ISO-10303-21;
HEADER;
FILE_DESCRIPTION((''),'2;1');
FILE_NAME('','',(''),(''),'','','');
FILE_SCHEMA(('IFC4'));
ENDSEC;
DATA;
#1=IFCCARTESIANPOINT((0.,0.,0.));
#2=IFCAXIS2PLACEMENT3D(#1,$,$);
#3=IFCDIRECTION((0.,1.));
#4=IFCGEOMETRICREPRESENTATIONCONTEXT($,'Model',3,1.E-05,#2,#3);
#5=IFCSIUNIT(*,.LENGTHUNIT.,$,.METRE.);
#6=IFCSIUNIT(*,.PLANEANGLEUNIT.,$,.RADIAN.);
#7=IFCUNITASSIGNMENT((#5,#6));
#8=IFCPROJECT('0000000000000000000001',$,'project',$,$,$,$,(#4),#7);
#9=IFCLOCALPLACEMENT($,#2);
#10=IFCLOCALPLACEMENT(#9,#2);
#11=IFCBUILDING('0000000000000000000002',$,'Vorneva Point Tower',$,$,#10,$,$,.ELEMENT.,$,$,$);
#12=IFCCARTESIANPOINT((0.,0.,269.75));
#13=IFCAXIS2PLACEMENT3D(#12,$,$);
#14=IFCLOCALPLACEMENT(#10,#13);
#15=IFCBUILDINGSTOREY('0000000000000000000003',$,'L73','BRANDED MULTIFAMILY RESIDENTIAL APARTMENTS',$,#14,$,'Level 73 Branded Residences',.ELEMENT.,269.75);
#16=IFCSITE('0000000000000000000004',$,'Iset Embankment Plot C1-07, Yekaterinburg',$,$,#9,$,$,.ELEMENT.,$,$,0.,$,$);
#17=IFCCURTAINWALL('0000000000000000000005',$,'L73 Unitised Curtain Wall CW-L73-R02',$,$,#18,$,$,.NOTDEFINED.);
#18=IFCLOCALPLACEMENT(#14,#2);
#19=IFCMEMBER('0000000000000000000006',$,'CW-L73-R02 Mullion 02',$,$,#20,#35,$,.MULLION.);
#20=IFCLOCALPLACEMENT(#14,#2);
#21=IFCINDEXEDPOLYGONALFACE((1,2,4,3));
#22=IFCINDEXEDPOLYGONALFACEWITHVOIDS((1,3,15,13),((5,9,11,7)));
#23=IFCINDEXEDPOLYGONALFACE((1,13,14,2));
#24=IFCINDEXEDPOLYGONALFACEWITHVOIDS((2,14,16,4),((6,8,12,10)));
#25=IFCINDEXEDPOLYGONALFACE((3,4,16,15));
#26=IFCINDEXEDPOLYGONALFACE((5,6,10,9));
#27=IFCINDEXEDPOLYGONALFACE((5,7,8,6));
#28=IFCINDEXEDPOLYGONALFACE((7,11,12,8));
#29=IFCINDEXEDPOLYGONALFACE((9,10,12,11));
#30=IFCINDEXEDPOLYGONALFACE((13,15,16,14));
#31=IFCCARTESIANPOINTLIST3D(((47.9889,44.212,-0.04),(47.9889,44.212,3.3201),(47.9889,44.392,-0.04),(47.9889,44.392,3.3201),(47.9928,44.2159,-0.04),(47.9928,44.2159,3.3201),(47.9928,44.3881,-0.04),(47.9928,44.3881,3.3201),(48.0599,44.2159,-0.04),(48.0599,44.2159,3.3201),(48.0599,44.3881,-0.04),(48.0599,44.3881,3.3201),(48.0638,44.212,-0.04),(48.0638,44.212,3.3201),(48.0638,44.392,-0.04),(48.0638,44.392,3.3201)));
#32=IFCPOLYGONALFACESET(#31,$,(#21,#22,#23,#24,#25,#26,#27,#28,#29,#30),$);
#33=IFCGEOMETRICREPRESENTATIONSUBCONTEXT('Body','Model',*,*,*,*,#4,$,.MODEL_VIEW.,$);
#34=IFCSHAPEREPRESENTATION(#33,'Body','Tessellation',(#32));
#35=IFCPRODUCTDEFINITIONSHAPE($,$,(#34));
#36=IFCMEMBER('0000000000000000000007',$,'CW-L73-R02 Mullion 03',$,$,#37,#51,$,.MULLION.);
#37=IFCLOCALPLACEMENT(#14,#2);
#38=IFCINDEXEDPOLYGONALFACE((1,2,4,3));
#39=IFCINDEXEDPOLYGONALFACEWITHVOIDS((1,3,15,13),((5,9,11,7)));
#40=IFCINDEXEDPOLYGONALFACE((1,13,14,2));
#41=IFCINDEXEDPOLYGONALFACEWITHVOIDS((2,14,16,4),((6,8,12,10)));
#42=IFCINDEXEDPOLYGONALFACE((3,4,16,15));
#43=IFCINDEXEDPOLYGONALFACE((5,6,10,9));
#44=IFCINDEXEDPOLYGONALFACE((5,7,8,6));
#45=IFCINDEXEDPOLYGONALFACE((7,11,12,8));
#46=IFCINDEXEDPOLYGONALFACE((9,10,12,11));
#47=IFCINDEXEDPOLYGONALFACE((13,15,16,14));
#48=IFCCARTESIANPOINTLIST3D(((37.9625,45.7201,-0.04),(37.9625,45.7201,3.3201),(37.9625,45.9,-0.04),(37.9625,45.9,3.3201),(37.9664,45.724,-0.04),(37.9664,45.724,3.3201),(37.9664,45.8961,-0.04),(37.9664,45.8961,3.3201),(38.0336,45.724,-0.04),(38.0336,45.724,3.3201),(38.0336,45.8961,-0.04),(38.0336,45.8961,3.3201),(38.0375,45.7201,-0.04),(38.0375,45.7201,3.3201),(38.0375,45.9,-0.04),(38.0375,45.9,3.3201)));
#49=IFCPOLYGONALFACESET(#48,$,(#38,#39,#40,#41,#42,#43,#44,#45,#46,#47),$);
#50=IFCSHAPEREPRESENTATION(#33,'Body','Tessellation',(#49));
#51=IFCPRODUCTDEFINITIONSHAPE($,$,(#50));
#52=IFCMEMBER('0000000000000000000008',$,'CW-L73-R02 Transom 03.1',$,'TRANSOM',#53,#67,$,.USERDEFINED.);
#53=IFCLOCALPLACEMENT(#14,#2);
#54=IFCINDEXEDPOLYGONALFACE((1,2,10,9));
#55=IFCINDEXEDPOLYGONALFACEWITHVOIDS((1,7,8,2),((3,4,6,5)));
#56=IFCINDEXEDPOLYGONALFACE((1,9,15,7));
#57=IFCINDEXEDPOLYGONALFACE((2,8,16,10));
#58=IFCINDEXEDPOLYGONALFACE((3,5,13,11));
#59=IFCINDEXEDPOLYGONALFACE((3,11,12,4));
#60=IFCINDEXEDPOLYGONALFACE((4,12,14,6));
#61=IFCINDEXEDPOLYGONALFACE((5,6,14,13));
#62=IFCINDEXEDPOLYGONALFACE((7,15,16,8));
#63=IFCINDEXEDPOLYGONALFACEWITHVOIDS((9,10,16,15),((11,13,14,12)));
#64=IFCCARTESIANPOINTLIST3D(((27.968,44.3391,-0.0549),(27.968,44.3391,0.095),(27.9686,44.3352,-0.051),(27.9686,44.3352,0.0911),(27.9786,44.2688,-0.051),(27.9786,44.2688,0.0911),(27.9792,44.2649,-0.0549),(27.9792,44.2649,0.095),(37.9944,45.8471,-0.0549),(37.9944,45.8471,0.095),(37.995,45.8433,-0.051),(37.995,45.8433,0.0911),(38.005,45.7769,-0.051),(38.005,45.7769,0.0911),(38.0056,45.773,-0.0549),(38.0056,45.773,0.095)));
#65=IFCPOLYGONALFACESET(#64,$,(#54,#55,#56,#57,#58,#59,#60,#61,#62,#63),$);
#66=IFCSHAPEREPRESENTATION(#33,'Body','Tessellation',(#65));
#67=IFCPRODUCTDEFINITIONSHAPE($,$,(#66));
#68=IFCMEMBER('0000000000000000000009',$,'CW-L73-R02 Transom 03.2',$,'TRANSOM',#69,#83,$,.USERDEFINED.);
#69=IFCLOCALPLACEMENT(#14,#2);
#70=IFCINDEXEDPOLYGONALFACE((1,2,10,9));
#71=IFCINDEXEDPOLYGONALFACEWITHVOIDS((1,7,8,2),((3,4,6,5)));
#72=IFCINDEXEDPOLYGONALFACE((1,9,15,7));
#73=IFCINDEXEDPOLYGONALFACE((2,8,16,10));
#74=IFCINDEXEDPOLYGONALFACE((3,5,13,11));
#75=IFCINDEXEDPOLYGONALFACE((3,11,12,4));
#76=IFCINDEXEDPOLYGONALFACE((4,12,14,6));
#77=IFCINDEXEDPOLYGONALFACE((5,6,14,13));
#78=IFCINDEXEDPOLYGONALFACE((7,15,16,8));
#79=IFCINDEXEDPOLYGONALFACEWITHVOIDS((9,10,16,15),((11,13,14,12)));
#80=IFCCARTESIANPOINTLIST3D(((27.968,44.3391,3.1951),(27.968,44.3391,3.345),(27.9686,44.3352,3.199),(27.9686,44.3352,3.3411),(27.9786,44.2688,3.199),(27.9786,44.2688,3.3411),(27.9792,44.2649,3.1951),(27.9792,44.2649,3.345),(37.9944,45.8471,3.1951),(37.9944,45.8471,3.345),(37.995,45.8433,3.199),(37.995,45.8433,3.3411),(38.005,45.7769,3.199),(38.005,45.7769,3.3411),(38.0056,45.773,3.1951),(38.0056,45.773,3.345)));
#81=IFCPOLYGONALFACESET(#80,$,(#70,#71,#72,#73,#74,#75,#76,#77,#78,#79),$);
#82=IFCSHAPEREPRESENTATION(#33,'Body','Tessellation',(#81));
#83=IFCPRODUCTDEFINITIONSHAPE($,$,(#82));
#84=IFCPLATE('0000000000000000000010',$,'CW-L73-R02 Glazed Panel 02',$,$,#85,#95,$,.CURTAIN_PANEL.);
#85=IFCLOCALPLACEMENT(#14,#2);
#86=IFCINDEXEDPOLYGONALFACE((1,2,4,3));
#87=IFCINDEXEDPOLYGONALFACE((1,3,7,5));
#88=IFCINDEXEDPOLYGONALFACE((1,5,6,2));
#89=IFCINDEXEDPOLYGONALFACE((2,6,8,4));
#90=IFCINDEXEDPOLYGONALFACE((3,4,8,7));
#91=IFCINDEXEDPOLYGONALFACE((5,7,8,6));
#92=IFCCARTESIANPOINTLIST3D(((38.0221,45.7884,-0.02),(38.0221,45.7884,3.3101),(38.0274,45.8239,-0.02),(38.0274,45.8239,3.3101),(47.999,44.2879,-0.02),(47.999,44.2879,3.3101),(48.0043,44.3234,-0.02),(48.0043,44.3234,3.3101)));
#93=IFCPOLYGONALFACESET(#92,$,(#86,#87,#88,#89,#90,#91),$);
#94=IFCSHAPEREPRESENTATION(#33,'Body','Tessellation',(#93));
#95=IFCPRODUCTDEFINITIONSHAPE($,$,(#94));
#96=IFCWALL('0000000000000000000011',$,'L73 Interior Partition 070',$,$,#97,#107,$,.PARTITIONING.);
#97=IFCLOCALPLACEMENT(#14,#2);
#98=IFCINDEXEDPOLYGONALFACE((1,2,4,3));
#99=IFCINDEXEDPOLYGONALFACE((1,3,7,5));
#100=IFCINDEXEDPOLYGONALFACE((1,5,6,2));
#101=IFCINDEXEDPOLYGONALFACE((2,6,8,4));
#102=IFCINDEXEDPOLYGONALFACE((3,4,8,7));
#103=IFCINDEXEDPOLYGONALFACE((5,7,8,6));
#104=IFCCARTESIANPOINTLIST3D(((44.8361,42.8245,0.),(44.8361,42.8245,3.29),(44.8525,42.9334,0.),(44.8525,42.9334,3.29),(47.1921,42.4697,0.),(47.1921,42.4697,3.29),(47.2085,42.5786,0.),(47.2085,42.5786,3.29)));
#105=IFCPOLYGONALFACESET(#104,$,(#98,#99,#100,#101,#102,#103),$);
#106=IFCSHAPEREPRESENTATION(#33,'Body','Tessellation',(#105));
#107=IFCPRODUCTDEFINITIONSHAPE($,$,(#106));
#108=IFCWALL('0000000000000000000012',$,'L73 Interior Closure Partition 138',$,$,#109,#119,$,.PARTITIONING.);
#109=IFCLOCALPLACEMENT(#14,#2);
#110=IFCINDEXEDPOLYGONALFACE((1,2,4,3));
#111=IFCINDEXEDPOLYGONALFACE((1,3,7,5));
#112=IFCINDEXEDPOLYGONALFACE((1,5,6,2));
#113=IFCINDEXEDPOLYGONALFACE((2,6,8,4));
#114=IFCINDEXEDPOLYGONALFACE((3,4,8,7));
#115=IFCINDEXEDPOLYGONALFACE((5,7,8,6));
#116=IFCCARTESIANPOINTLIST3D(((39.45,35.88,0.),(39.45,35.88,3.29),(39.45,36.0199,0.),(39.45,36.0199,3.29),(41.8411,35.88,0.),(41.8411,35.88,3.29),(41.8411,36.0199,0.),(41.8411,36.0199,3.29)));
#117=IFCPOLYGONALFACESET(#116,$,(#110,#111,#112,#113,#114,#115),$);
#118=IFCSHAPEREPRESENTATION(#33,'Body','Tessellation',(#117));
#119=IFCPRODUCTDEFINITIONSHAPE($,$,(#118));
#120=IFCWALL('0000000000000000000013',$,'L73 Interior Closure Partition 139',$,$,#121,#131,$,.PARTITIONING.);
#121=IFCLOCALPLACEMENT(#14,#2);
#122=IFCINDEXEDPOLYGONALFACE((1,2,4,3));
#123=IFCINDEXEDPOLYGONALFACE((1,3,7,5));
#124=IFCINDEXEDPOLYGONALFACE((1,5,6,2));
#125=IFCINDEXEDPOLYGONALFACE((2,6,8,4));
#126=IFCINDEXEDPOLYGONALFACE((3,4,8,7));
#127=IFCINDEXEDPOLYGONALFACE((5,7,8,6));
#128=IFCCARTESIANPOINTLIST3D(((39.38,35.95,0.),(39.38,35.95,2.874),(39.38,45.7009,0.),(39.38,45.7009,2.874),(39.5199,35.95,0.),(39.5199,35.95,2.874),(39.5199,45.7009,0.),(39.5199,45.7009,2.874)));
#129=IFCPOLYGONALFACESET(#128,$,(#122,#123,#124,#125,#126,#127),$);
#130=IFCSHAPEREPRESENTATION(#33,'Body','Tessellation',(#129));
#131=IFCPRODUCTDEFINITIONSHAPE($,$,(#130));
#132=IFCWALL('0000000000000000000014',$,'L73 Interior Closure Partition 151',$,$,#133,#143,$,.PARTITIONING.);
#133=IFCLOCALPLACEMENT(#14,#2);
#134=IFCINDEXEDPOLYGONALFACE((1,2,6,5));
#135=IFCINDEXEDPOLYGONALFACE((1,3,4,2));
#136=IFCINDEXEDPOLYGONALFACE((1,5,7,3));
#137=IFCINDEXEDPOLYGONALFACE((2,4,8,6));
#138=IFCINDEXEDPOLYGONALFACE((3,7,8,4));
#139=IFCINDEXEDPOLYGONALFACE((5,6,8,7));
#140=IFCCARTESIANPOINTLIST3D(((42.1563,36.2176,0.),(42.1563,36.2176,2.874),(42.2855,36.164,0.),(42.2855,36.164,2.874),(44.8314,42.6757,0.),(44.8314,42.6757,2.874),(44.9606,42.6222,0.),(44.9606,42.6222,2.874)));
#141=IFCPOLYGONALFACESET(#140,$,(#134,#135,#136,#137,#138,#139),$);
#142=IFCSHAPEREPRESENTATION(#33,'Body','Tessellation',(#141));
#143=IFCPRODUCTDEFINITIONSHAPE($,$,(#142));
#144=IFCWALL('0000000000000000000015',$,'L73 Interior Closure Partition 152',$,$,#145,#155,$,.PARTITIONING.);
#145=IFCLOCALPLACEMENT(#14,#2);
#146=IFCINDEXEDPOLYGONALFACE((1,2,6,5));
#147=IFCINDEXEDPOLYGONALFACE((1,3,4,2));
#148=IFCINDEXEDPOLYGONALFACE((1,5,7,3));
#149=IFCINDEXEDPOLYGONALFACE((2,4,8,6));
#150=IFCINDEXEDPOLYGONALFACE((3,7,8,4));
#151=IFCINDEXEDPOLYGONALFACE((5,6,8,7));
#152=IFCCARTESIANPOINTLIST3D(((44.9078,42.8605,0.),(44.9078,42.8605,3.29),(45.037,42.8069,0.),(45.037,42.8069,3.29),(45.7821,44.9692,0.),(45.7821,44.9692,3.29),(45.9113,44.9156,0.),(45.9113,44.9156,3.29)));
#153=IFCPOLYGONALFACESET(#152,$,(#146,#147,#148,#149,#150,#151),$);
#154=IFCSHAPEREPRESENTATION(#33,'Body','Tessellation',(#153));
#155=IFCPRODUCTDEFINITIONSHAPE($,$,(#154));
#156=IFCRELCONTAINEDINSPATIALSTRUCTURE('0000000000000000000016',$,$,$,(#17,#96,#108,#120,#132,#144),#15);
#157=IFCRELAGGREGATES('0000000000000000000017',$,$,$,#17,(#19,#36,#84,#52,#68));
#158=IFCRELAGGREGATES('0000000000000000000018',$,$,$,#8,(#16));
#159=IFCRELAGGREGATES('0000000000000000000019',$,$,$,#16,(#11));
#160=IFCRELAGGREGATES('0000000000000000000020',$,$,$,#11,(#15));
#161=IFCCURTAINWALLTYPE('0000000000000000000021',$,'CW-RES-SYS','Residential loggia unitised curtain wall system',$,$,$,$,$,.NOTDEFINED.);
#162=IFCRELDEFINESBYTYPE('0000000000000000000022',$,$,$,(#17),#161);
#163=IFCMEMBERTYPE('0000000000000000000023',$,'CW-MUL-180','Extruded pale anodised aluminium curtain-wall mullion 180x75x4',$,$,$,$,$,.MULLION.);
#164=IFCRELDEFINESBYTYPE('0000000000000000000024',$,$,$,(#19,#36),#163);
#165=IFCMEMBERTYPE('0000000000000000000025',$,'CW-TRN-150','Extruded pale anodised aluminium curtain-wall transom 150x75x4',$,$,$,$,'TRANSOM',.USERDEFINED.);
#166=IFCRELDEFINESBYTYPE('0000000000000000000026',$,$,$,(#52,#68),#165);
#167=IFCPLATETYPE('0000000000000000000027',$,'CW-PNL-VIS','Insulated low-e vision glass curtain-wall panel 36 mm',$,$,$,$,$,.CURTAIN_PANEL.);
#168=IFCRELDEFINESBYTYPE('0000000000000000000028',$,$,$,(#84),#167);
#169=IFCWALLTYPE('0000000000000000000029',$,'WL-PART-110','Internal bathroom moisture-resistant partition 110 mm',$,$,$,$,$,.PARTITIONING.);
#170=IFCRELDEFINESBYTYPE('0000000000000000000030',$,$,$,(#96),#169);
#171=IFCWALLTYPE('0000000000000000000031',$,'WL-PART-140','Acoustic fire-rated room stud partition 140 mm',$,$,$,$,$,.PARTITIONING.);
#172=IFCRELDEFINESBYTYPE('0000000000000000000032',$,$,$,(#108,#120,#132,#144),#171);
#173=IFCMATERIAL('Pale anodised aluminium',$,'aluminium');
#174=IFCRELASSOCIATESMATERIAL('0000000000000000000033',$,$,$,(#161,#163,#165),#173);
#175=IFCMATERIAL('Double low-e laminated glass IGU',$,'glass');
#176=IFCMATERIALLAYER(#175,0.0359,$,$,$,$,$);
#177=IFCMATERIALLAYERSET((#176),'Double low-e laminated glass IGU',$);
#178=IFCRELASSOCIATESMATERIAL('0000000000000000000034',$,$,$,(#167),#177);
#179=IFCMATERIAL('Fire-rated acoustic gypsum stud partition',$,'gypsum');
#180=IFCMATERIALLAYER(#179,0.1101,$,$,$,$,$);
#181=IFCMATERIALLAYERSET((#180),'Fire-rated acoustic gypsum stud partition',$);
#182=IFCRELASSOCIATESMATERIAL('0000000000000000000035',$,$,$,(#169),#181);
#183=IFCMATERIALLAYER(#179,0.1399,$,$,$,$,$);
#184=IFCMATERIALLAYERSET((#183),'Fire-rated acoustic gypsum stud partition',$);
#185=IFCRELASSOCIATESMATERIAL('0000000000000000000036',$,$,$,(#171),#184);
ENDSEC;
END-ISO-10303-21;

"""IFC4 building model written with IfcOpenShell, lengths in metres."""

from ifc_helpers import new_model, si_unit, direction, frame, frame_2d, origin, origin_2d, place, context, subcontext, project, spatial, rectangle, hollow_rectangle, extrude, material, layer, layer_set, material_profile, profile_set, type_object, element, aggregate, save


model = new_model("IFC4")

# Units and contexts
model_context = context("Model", 3, precision=1e-05, world=origin(), true_north=direction((0.0, 1.0)))
body_context = subcontext(model_context, "Body", "Model", "MODEL_VIEW")
ifc_project = project(units=[si_unit("LENGTHUNIT", "METRE"), si_unit("PLANEANGLEUNIT", "RADIAN")], contexts=[model_context])

# Site, building, storey
site_placement = place(None, origin())
site = spatial("IfcSite", under=ifc_project, at=site_placement, Name="Iset Embankment Plot C1-07, Yekaterinburg", CompositionType="ELEMENT", RefElevation=0.0)
building_placement = place(site_placement, origin())
building = spatial("IfcBuilding", under=site, at=building_placement, Name="Vorneva Point Tower", CompositionType="ELEMENT")
storey_placement = place(building_placement, frame((0.0, 0.0, 269.75)))
storey = spatial("IfcBuildingStorey", under=building, at=storey_placement, Name="L73", Description="BRANDED MULTIFAMILY RESIDENTIAL APARTMENTS", LongName="Level 73 Branded Residences", CompositionType="ELEMENT", Elevation=269.75)

# Curtain wall, members, plate
ifc_material_1 = material(Name="Pale anodised aluminium", Category="aluminium")
curtain_wall_type = type_object("IfcCurtainWallType", Name="CW-RES-SYS", Description="Residential loggia unitised curtain wall system", PredefinedType="NOTDEFINED", material=ifc_material_1)
curtain_wall_placement = place(storey_placement, origin())
curtain_wall = element("IfcCurtainWall", 1, at=curtain_wall_placement, inside=storey, type_object=curtain_wall_type, Name="L73 Unitised Curtain Wall CW-L73-R02", PredefinedType="NOTDEFINED")
ifc_material_profile_1 = material_profile(ifc_material_1, hollow_rectangle(XDim=0.075, YDim=0.1799, WallThickness=0.0039, at=origin_2d()), Name="AL-MUL 180x75x4")
ifc_profile_set_1 = profile_set([ifc_material_profile_1], Name="Pale anodised aluminium")
member_type_1 = type_object("IfcMemberType", Name="CW-MUL-180", Description="Extruded pale anodised aluminium curtain-wall mullion 180x75x4", PredefinedType="MULLION", material=ifc_profile_set_1)
member_1_placement = place(storey_placement, frame((48.0264, 44.302, -0.04), z_axis=(0.0, 0.0, 1.0), x_axis=(1.0, 0.0, 0.0)))
member_1 = element("IfcMember", 2, at=member_1_placement, type_object=member_type_1, Name="CW-L73-R02 Mullion 02", PredefinedType="MULLION", context=body_context, shape_type="SweptSolid", body=[
    extrude(hollow_rectangle(XDim=0.075, YDim=0.1799, WallThickness=0.0039, at=origin_2d()), origin(), (0.0, 0.0, 1.0), 3.3601),
])
member_2_placement = place(storey_placement, frame((38.0, 45.8101, -0.04), z_axis=(0.0, 0.0, 1.0), x_axis=(1.0, 0.0, 0.0)))
member_2 = element("IfcMember", 3, at=member_2_placement, type_object=member_type_1, Name="CW-L73-R02 Mullion 03", PredefinedType="MULLION", context=body_context, shape_type="SweptSolid", body=[
    extrude(hollow_rectangle(XDim=0.075, YDim=0.1799, WallThickness=0.0039, at=origin_2d()), origin(), (0.0, 0.0, 1.0), 3.3601),
])
ifc_material_profile_2 = material_profile(ifc_material_1, hollow_rectangle(XDim=0.075, YDim=0.1499, WallThickness=0.0039, at=origin_2d()), Name="AL-TRN 150x75x4")
ifc_profile_set_2 = profile_set([ifc_material_profile_2], Name="Pale anodised aluminium")
member_type_2 = type_object("IfcMemberType", Name="CW-TRN-150", Description="Extruded pale anodised aluminium curtain-wall transom 150x75x4", ElementType="TRANSOM", PredefinedType="USERDEFINED", material=ifc_profile_set_2)
member_3_placement = place(storey_placement, frame((38.0, 45.8101, 0.02), z_axis=(-0.988877, -0.148736, 0.0), x_axis=(0.148736, -0.988877, 0.0)))
member_3 = element("IfcMember", 4, at=member_3_placement, type_object=member_type_2, Name="CW-L73-R02 Transom 03.1", ObjectType="TRANSOM", PredefinedType="USERDEFINED", context=body_context, shape_type="SweptSolid", body=[
    extrude(hollow_rectangle(XDim=0.075, YDim=0.1499, WallThickness=0.0039, at=origin_2d()), origin(), (0.0, 0.0, 1.0), 10.1392),
])
member_4_placement = place(storey_placement, frame((38.0, 45.8101, 3.27), z_axis=(-0.988877, -0.148736, 0.0), x_axis=(0.148736, -0.988877, 0.0)))
member_4 = element("IfcMember", 5, at=member_4_placement, type_object=member_type_2, Name="CW-L73-R02 Transom 03.2", ObjectType="TRANSOM", PredefinedType="USERDEFINED", context=body_context, shape_type="SweptSolid", body=[
    extrude(hollow_rectangle(XDim=0.075, YDim=0.1499, WallThickness=0.0039, at=origin_2d()), origin(), (0.0, 0.0, 1.0), 10.1392),
])
ifc_material_2 = material(Name="Double low-e laminated glass IGU", Category="glass")
ifc_layer_1 = layer(ifc_material_2, 0.0359)
ifc_layer_set_1 = layer_set([ifc_layer_1], Name="Double low-e laminated glass IGU")
plate_type = type_object("IfcPlateType", Name="CW-PNL-VIS", Description="Insulated low-e vision glass curtain-wall panel 36 mm", PredefinedType="CURTAIN_PANEL", material=ifc_layer_set_1)
plate_placement = place(storey_placement, frame((43.0132, 45.0559, -0.02), z_axis=(0.0, 0.0, 1.0), x_axis=(-0.988879, 0.148724, 0.0)))
plate = element("IfcPlate", 6, at=plate_placement, type_object=plate_type, Name="CW-L73-R02 Glazed Panel 02", PredefinedType="CURTAIN_PANEL", context=body_context, shape_type="SweptSolid", body=[
    extrude(rectangle(XDim=10.0891, YDim=0.0359, at=origin_2d()), origin(), (0.0, 0.0, 1.0), 3.3301),
])
aggregate(curtain_wall, [member_1, member_2, plate, member_3, member_4])

# Walls
ifc_material_3 = material(Name="Fire-rated acoustic gypsum stud partition", Category="gypsum")
ifc_layer_2 = layer(ifc_material_3, 0.1101)
ifc_layer_set_2 = layer_set([ifc_layer_2], Name="Fire-rated acoustic gypsum stud partition")
wall_type_1 = type_object("IfcWallType", Name="WL-PART-110", Description="Internal bathroom moisture-resistant partition 110 mm", PredefinedType="PARTITIONING", material=ifc_layer_set_2)
wall_1_placement = place(storey_placement, frame((47.2004, 42.5242, 0.0), z_axis=(0.0, 0.0, 1.0), x_axis=(-0.988854, 0.148892, 0.0)))
element("IfcWall", 7, at=wall_1_placement, inside=storey, type_object=wall_type_1, Name="L73 Interior Partition 070", PredefinedType="PARTITIONING", context=body_context, shape_type="SweptSolid", body=[
    extrude(rectangle(XDim=2.3826, YDim=0.1101, at=frame_2d((1.1914, 0.0))), origin(), (0.0, 0.0, 1.0), 3.29),
])
ifc_layer_3 = layer(ifc_material_3, 0.1399)
ifc_layer_set_3 = layer_set([ifc_layer_3], Name="Fire-rated acoustic gypsum stud partition")
wall_type_2 = type_object("IfcWallType", Name="WL-PART-140", Description="Acoustic fire-rated room stud partition 140 mm", PredefinedType="PARTITIONING", material=ifc_layer_set_3)
wall_2_placement = place(storey_placement, frame((41.8411, 35.95, 0.0), z_axis=(0.0, 0.0, 1.0), x_axis=(-1.0, 0.0, 0.0)))
element("IfcWall", 8, at=wall_2_placement, inside=storey, type_object=wall_type_2, Name="L73 Interior Closure Partition 138", PredefinedType="PARTITIONING", context=body_context, shape_type="SweptSolid", body=[
    extrude(rectangle(XDim=2.3911, YDim=0.1399, at=frame_2d((1.1956, 0.0))), origin(), (0.0, 0.0, 1.0), 3.29),
])
wall_3_placement = place(storey_placement, frame((39.45, 35.95, 0.0), z_axis=(0.0, 0.0, 1.0), x_axis=(0.0, 1.0, 0.0)))
element("IfcWall", 9, at=wall_3_placement, inside=storey, type_object=wall_type_2, Name="L73 Interior Closure Partition 139", PredefinedType="PARTITIONING", context=body_context, shape_type="SweptSolid", body=[
    extrude(rectangle(XDim=9.751, YDim=0.1399, at=frame_2d((4.8755, 0.0))), origin(), (0.0, 0.0, 1.0), 2.874),
])
wall_4_placement = place(storey_placement, frame((44.896, 42.6489, 0.0), z_axis=(0.0, 0.0, 1.0), x_axis=(-0.38269, -0.923877, 0.0)))
element("IfcWall", 10, at=wall_4_placement, inside=storey, type_object=wall_type_2, Name="L73 Interior Closure Partition 151", PredefinedType="PARTITIONING", context=body_context, shape_type="SweptSolid", body=[
    extrude(rectangle(XDim=6.9902, YDim=0.1399, at=frame_2d((3.4951, 0.0))), origin(), (0.0, 0.0, 1.0), 2.874),
])
wall_5_placement = place(storey_placement, frame((45.8467, 44.9424, 0.0), z_axis=(0.0, 0.0, 1.0), x_axis=(-0.382997, -0.923749, 0.0)))
element("IfcWall", 11, at=wall_5_placement, inside=storey, type_object=wall_type_2, Name="L73 Interior Closure Partition 152", PredefinedType="PARTITIONING", context=body_context, shape_type="SweptSolid", body=[
    extrude(rectangle(XDim=2.2827, YDim=0.1399, at=frame_2d((1.1414, 0.0))), origin(), (0.0, 0.0, 1.0), 3.29),
])

save(model, "model.ifc")
